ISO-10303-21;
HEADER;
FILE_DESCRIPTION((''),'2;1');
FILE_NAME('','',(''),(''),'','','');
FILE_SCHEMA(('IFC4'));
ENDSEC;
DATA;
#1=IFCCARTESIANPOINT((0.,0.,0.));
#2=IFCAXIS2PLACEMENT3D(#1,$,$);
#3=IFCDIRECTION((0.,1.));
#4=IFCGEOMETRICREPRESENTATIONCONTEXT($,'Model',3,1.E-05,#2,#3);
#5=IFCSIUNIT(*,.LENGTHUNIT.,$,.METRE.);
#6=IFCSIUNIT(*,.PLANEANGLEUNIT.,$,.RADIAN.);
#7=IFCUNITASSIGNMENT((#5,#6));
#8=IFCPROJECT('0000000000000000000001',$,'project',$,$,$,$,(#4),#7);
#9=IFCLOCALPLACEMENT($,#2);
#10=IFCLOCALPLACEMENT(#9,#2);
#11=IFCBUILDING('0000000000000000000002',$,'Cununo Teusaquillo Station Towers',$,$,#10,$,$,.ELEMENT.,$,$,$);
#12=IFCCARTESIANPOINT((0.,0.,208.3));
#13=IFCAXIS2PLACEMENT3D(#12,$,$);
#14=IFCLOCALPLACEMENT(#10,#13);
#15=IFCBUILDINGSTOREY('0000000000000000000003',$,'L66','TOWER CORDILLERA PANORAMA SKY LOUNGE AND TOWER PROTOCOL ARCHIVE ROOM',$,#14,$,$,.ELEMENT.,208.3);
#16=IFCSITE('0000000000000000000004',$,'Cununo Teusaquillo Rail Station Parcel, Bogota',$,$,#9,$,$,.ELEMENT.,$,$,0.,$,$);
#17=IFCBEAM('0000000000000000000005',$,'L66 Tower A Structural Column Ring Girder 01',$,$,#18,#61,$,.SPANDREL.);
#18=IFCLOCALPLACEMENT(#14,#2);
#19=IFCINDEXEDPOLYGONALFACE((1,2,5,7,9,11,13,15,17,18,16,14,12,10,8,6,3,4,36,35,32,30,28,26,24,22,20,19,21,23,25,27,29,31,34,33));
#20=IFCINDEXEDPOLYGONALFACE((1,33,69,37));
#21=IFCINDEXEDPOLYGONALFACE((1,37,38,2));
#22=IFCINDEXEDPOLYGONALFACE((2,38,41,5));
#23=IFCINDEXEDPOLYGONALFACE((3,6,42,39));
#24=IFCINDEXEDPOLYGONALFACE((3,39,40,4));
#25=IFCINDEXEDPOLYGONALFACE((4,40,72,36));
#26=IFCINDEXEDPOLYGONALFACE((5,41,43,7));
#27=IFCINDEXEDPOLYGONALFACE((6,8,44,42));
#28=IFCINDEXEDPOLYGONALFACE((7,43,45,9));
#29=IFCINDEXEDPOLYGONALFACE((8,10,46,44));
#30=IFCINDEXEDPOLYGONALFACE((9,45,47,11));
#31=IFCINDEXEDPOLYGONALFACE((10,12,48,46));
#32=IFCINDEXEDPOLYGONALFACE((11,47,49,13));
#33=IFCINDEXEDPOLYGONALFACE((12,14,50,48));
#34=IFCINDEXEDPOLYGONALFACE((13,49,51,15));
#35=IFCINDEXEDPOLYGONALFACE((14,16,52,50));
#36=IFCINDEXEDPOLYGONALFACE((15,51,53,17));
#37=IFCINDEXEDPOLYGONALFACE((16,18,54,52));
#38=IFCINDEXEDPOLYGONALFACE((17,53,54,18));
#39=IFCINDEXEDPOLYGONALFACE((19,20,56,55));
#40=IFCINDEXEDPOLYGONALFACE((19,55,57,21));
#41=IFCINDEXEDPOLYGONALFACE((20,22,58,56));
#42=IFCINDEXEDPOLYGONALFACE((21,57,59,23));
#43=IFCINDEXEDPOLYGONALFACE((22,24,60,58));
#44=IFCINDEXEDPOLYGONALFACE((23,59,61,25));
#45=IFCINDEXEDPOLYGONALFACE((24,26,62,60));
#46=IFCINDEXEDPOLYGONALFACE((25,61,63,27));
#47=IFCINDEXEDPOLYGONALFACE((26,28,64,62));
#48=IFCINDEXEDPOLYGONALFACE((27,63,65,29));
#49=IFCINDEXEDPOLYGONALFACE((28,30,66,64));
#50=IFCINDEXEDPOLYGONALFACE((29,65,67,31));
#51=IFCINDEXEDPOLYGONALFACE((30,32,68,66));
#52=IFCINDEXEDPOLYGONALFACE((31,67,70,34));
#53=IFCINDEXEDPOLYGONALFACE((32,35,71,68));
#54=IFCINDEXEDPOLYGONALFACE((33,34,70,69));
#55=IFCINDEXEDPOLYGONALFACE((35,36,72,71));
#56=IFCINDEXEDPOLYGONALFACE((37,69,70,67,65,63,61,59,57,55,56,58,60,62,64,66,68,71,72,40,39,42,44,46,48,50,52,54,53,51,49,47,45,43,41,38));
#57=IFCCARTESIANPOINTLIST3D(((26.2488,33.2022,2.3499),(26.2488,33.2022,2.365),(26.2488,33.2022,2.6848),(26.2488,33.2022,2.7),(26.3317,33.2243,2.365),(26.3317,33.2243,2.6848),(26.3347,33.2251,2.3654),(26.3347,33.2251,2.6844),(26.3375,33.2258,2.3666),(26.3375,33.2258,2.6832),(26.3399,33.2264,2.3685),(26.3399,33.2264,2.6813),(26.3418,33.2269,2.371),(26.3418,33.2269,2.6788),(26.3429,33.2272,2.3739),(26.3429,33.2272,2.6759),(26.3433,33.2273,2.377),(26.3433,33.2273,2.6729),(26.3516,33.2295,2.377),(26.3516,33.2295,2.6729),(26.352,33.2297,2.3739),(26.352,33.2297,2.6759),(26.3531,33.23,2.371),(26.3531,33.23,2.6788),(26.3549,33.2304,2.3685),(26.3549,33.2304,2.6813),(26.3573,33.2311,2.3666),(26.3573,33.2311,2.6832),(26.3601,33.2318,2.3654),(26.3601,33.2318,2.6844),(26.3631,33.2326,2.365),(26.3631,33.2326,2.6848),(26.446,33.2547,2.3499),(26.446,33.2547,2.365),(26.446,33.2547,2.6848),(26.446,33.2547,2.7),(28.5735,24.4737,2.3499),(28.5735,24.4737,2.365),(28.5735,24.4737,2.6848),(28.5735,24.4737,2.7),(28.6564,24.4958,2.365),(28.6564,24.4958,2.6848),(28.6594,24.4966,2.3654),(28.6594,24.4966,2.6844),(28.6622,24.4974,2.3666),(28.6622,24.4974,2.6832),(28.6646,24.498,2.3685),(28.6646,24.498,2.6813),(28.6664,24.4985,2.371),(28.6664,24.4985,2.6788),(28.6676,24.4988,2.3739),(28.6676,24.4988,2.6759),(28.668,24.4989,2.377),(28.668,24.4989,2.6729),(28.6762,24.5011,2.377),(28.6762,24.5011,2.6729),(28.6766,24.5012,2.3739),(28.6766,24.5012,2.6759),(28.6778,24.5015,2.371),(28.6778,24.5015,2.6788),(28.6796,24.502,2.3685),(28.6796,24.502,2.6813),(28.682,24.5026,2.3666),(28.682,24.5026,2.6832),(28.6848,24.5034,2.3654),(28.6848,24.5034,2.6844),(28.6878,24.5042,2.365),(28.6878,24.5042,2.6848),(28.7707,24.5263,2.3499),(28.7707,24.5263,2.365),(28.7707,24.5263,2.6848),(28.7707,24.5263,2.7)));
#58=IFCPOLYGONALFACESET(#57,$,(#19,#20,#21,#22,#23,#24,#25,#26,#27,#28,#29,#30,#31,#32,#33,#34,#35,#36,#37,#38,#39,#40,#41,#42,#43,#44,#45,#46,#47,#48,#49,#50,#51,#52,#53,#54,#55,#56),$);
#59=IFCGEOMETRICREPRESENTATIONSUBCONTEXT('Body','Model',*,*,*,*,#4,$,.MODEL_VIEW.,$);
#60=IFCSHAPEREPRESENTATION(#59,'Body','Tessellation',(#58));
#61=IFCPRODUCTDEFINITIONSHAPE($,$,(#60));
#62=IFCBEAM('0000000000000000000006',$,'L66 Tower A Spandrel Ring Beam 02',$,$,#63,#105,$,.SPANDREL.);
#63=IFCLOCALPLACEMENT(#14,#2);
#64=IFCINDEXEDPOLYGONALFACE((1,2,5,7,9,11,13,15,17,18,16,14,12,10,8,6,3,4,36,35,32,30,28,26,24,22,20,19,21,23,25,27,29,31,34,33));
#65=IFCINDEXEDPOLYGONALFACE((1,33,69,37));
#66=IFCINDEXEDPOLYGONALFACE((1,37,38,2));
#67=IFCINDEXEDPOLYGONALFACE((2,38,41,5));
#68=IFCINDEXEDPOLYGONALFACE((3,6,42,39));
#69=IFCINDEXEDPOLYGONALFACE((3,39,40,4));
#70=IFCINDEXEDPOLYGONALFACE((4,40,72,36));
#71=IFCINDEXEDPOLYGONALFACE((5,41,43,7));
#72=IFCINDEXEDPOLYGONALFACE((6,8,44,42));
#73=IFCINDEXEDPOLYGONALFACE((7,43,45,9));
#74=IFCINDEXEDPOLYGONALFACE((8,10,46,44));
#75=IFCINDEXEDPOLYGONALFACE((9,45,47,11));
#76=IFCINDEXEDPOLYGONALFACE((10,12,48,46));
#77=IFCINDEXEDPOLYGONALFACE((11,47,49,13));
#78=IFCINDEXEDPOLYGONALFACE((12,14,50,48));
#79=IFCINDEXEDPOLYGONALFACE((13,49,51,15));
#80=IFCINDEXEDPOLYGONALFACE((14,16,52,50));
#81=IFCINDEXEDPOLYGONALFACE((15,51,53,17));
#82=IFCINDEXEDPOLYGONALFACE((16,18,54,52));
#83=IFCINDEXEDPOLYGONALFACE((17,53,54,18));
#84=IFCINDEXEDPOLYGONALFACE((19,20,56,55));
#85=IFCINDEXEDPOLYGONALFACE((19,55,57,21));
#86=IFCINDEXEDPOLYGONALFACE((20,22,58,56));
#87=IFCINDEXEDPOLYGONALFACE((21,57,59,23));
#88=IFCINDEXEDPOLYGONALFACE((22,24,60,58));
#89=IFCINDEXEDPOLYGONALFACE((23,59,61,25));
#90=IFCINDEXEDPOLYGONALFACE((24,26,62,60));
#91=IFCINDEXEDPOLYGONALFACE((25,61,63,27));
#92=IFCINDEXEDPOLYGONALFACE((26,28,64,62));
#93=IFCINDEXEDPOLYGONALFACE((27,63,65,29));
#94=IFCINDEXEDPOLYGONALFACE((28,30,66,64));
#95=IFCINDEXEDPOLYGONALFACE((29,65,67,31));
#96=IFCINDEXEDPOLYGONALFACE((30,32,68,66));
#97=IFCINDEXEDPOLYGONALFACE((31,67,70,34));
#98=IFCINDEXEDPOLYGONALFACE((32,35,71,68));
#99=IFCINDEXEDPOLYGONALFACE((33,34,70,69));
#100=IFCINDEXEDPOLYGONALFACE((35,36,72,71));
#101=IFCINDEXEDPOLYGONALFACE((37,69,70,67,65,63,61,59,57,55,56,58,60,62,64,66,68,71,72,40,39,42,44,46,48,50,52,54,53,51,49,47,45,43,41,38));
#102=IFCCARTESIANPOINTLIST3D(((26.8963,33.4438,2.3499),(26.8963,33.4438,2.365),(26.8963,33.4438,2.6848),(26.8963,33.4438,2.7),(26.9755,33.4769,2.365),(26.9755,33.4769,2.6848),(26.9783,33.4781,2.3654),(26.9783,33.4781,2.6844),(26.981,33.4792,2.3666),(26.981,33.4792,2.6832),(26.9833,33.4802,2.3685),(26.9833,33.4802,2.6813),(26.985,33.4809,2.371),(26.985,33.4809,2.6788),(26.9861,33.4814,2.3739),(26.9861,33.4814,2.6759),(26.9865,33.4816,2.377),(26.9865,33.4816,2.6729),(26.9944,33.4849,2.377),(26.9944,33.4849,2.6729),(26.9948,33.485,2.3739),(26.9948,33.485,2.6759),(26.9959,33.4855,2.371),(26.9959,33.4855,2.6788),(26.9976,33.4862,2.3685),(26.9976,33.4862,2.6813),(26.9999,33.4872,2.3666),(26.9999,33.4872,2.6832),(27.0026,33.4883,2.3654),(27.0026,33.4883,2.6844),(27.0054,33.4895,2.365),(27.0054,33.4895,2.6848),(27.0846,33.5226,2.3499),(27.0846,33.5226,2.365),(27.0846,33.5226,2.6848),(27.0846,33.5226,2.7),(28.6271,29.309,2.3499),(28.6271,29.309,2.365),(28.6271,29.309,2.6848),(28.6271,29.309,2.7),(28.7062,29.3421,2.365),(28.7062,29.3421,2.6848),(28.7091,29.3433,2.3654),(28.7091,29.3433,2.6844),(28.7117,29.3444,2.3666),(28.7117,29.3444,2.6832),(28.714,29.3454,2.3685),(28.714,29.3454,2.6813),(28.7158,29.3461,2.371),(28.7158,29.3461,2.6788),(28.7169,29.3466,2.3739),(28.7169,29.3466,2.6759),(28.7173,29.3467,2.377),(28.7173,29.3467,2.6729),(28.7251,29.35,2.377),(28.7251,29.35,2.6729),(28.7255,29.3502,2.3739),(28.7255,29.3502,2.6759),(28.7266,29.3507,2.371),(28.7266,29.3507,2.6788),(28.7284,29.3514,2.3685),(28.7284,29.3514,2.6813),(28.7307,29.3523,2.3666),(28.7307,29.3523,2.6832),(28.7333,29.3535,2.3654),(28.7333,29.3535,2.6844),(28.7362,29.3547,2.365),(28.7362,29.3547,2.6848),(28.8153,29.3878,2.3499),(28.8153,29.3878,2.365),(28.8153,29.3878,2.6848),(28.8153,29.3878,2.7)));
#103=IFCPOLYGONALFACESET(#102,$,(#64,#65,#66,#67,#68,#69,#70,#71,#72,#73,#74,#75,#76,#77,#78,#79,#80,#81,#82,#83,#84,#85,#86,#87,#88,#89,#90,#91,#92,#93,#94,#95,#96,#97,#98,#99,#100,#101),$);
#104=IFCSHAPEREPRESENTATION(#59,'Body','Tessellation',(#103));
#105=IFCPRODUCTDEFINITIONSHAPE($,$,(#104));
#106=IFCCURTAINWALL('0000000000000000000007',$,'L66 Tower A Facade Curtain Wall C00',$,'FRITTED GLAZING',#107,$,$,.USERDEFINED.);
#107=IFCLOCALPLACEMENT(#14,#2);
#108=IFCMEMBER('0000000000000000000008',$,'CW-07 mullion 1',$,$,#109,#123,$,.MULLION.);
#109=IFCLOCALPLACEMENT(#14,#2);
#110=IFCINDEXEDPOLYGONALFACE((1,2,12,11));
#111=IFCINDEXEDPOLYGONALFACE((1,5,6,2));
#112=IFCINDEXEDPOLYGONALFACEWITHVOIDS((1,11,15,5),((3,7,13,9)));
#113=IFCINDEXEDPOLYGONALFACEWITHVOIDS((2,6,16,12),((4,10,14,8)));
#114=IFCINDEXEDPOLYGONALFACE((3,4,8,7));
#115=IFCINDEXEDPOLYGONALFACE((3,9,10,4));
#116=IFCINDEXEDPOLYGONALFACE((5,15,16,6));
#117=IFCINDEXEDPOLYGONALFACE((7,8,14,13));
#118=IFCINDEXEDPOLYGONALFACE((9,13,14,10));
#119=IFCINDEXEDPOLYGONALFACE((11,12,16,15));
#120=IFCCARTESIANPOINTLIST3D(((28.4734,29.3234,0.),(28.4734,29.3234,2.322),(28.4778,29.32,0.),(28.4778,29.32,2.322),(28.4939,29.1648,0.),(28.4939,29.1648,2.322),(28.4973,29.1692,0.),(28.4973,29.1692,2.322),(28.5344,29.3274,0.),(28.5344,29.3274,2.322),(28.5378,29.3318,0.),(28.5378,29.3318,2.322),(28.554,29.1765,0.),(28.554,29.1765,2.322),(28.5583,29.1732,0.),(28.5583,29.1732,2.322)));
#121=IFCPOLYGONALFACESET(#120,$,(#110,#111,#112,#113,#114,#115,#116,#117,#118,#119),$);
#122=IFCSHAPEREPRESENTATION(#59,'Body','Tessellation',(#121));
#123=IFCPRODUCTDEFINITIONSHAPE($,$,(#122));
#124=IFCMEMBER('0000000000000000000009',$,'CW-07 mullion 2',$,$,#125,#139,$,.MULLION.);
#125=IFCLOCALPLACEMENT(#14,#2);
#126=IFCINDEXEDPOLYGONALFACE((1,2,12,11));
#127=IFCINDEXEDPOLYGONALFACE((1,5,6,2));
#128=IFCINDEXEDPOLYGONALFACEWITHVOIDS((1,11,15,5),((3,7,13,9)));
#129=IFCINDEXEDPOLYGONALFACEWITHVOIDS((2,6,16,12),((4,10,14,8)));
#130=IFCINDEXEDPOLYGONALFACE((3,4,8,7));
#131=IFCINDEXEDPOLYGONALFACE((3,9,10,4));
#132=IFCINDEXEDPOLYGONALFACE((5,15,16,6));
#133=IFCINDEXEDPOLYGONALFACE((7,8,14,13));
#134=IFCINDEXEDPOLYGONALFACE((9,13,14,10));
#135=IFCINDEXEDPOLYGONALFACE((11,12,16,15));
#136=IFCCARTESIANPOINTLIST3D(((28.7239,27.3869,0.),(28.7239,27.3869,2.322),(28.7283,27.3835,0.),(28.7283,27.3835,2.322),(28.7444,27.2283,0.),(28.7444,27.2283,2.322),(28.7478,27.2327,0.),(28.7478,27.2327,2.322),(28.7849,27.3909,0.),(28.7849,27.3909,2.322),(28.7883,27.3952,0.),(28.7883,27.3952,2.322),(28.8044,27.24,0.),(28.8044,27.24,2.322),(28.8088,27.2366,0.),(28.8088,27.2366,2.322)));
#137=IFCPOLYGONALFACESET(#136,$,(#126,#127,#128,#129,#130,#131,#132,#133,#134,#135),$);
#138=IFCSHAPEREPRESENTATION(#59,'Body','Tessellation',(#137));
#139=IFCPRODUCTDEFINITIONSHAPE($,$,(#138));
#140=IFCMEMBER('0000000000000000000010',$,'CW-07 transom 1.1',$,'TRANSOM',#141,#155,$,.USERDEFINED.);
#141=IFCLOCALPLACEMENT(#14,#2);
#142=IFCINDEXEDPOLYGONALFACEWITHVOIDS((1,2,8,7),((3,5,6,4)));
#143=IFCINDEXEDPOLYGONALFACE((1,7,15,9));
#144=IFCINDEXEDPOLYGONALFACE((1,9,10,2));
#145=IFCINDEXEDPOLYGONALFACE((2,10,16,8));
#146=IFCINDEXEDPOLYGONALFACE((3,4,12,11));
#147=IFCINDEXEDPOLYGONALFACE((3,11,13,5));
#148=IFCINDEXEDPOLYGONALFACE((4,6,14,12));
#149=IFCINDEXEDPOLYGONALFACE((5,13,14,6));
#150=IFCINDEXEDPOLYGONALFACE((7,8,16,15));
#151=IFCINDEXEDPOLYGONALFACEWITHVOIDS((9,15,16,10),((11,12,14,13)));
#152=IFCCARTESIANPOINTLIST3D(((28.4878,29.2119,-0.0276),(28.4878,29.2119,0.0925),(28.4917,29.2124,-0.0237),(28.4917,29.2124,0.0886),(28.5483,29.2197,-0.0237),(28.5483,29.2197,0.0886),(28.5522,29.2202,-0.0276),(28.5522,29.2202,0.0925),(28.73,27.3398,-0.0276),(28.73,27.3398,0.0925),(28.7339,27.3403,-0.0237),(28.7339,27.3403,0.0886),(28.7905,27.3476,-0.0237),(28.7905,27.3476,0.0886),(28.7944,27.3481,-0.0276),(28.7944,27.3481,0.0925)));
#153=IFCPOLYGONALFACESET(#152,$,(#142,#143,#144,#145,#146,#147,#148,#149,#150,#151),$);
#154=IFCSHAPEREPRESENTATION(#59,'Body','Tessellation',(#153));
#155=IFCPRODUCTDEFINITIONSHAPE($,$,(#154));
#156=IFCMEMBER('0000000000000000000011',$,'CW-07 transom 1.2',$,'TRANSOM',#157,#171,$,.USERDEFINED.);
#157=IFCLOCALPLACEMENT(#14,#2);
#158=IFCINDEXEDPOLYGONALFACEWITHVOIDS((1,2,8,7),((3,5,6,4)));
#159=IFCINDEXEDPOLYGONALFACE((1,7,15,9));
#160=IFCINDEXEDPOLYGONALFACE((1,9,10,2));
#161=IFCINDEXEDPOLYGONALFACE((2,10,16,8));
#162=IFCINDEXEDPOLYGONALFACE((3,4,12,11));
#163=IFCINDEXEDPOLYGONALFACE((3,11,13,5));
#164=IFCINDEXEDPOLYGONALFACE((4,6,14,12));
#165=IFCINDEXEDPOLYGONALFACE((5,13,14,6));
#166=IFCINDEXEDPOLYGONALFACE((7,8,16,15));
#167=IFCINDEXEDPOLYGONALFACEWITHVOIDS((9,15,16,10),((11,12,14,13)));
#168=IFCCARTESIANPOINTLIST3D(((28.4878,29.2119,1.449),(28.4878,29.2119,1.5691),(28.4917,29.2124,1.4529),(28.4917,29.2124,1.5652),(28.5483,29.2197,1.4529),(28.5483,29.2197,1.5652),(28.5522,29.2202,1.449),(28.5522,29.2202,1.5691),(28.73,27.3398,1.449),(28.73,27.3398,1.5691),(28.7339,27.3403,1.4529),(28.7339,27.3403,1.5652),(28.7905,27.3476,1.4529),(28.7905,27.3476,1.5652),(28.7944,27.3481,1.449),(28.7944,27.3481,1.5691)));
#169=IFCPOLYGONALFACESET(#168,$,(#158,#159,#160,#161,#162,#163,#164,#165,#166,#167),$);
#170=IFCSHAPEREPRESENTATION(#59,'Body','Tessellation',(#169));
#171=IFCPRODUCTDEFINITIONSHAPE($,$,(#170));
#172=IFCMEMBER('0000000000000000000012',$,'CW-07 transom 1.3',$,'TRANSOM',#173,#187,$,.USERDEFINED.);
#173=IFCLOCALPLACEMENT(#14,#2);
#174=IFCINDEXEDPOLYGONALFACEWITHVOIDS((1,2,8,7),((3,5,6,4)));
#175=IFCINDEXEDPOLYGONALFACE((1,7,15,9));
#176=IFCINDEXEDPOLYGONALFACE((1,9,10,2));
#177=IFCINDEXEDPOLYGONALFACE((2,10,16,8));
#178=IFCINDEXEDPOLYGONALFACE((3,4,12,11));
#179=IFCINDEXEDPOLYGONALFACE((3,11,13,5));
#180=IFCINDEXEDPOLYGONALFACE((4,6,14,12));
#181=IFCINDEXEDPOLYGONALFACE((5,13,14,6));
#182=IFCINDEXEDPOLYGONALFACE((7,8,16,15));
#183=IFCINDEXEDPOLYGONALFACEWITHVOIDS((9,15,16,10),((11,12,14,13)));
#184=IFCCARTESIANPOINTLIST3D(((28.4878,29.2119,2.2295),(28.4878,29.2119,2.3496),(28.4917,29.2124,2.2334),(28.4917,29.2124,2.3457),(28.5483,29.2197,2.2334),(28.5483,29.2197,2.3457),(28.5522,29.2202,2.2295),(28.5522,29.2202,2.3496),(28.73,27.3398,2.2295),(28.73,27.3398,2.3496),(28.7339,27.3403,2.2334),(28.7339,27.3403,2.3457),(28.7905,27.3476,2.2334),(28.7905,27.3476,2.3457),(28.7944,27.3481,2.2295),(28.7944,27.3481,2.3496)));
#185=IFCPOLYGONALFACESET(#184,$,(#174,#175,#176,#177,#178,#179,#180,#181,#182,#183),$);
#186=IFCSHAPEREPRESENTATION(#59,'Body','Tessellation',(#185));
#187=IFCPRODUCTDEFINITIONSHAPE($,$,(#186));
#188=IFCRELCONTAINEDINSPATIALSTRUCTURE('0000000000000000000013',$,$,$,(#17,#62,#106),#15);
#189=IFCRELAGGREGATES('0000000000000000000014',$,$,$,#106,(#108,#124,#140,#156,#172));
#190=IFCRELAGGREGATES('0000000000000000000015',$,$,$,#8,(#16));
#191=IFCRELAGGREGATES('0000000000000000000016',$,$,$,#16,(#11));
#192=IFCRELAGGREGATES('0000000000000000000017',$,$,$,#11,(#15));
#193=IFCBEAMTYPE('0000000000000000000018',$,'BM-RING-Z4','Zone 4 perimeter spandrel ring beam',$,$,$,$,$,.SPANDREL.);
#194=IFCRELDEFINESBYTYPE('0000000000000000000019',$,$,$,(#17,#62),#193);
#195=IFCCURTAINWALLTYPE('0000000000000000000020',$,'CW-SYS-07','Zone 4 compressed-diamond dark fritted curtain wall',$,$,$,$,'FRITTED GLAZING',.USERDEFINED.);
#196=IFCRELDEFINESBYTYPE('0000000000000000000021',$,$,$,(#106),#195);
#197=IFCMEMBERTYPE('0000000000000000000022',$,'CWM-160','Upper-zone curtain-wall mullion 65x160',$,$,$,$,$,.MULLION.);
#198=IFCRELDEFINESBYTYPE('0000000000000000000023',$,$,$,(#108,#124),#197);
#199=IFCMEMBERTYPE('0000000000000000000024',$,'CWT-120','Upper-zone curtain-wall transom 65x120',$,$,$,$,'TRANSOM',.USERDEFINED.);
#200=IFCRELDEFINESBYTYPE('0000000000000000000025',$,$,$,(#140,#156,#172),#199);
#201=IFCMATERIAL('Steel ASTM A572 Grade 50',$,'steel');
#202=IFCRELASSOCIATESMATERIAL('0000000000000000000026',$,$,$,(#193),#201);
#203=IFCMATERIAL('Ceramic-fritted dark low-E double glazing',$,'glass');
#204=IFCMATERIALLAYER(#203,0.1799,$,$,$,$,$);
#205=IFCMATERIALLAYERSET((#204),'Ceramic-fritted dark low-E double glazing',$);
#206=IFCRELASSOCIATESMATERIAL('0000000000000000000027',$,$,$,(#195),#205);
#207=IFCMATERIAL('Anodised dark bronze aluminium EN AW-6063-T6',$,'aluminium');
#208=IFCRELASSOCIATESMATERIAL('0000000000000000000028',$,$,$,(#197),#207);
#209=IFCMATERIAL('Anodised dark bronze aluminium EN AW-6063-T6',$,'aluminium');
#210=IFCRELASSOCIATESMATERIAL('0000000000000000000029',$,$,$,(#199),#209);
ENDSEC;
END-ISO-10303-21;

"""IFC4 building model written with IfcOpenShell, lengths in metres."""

from ifc_helpers import new_model, si_unit, direction, frame, origin, origin_2d, place, context, subcontext, project, spatial, hollow_rectangle, i_section, extrude, material, layer, layer_set, material_profile, profile_set, type_object, element, aggregate, save


model = new_model("IFC4")

# Units and contexts
model_context = context("Model", 3, precision=1e-05, world=origin(), true_north=direction((0.0, 1.0)))
body_context = subcontext(model_context, "Body", "Model", "MODEL_VIEW")
ifc_project = project(units=[si_unit("LENGTHUNIT", "METRE"), si_unit("PLANEANGLEUNIT", "RADIAN")], contexts=[model_context])

# Site, building, storey
site_placement = place(None, origin())
site = spatial("IfcSite", under=ifc_project, at=site_placement, Name="Cununo Teusaquillo Rail Station Parcel, Bogota", CompositionType="ELEMENT", RefElevation=0.0)
building_placement = place(site_placement, origin())
building = spatial("IfcBuilding", under=site, at=building_placement, Name="Cununo Teusaquillo Station Towers", CompositionType="ELEMENT")
storey_placement = place(building_placement, frame((0.0, 0.0, 208.3)))
storey = spatial("IfcBuildingStorey", under=building, at=storey_placement, Name="L66", Description="TOWER CORDILLERA PANORAMA SKY LOUNGE AND TOWER PROTOCOL ARCHIVE ROOM", CompositionType="ELEMENT", Elevation=208.3)

# Beams
ifc_material_1 = material(Name="Steel ASTM A572 Grade 50", Category="steel")
ifc_material_profile_1 = material_profile(ifc_material_1, i_section(OverallWidth=0.2041, OverallDepth=0.3501, WebThickness=0.0085, FlangeThickness=0.0151, FilletRadius=0.012, at=origin_2d()), Name="W14X48")
ifc_profile_set_1 = profile_set([ifc_material_profile_1], Name="Steel ASTM A572 Grade 50")
beam_type_1 = type_object("IfcBeamType", Name="BM-RING-Z4", Description="Zone 4 perimeter spandrel ring beam", PredefinedType="SPANDREL", material=ifc_profile_set_1)
beam_1_placement = place(storey_placement, frame((28.6721, 24.5, 2.5249), z_axis=(-0.257363, 0.966315, 0.0), x_axis=(-0.966315, -0.257363, 0.0)))
element("IfcBeam", 1, at=beam_1_placement, inside=storey, type_object=beam_type_1, Name="L66 Tower A Structural Column Ring Girder 01", PredefinedType="SPANDREL", context=body_context, shape_type="SweptSolid", body=[
    extrude(i_section(OverallWidth=0.2041, OverallDepth=0.3501, WebThickness=0.0085, FlangeThickness=0.0151, FilletRadius=0.012, at=origin_2d()), origin(), (0.0, 0.0, 1.0), 9.0327),
])
beam_2_placement = place(storey_placement, frame((28.7212, 29.3484, 2.5249), z_axis=(-0.386115, 0.92245, 0.0), x_axis=(-0.92245, -0.386115, 0.0)))
element("IfcBeam", 2, at=beam_2_placement, inside=storey, type_object=beam_type_1, Name="L66 Tower A Spandrel Ring Beam 02", PredefinedType="SPANDREL", context=body_context, shape_type="SweptSolid", body=[
    extrude(i_section(OverallWidth=0.2041, OverallDepth=0.3501, WebThickness=0.0085, FlangeThickness=0.0151, FilletRadius=0.012, at=origin_2d()), origin(), (0.0, 0.0, 1.0), 4.4824),
])

# Curtain wall, members
ifc_material_2 = material(Name="Ceramic-fritted dark low-E double glazing", Category="glass")
ifc_layer_1 = layer(ifc_material_2, 0.1799)
ifc_layer_set_1 = layer_set([ifc_layer_1], Name="Ceramic-fritted dark low-E double glazing")
curtain_wall_type = type_object("IfcCurtainWallType", Name="CW-SYS-07", Description="Zone 4 compressed-diamond dark fritted curtain wall", ElementType="FRITTED GLAZING", PredefinedType="USERDEFINED", material=ifc_layer_set_1)
curtain_wall_placement = place(storey_placement, origin())
curtain_wall = element("IfcCurtainWall", 3, at=curtain_wall_placement, inside=storey, type_object=curtain_wall_type, Name="L66 Tower A Facade Curtain Wall C00", ObjectType="FRITTED GLAZING", PredefinedType="USERDEFINED")
ifc_material_3 = material(Name="Anodised dark bronze aluminium EN AW-6063-T6", Category="aluminium")
ifc_material_profile_2 = material_profile(ifc_material_3, hollow_rectangle(XDim=0.0649, YDim=0.1599, WallThickness=0.0039, at=origin_2d()), Name="CW-MULL-65x160")
ifc_profile_set_2 = profile_set([ifc_material_profile_2], Name="Anodised dark bronze aluminium EN AW-6063-T6")
member_type_1 = type_object("IfcMemberType", Name="CWM-160", Description="Upper-zone curtain-wall mullion 65x160", PredefinedType="MULLION", material=ifc_profile_set_2)
member_1_placement = place(storey_placement, frame((28.5159, 29.2483, 0.0), z_axis=(0.0, 0.0, 1.0), x_axis=(0.991742, 0.128253, 0.0)))
member_1 = element("IfcMember", 4, at=member_1_placement, type_object=member_type_1, Name="CW-07 mullion 1", PredefinedType="MULLION", context=body_context, shape_type="SweptSolid", body=[
    extrude(hollow_rectangle(XDim=0.0649, YDim=0.1599, WallThickness=0.0039, at=origin_2d()), origin(), (0.0, 0.0, 1.0), 2.322),
])
member_2_placement = place(storey_placement, frame((28.7664, 27.3118, 0.0), z_axis=(0.0, 0.0, 1.0), x_axis=(0.991742, 0.128253, 0.0)))
member_2 = element("IfcMember", 5, at=member_2_placement, type_object=member_type_1, Name="CW-07 mullion 2", PredefinedType="MULLION", context=body_context, shape_type="SweptSolid", body=[
    extrude(hollow_rectangle(XDim=0.0649, YDim=0.1599, WallThickness=0.0039, at=origin_2d()), origin(), (0.0, 0.0, 1.0), 2.322),
])
ifc_material_4 = material(Name="Anodised dark bronze aluminium EN AW-6063-T6", Category="aluminium")
ifc_material_profile_3 = material_profile(ifc_material_4, hollow_rectangle(XDim=0.0649, YDim=0.1201, WallThickness=0.0039, at=origin_2d()), Name="CW-TRAN-65x120")
ifc_profile_set_3 = profile_set([ifc_material_profile_3], Name="Anodised dark bronze aluminium EN AW-6063-T6")
member_type_2 = type_object("IfcMemberType", Name="CWT-120", Description="Upper-zone curtain-wall transom 65x120", ElementType="TRANSOM", PredefinedType="USERDEFINED", material=ifc_profile_set_3)
member_3_placement = place(storey_placement, frame((28.52, 29.2161, 0.0325), z_axis=(0.1283, -0.991735, 0.0), x_axis=(0.991735, 0.1283, 0.0)))
member_3 = element("IfcMember", 6, at=member_3_placement, type_object=member_type_2, Name="CW-07 transom 1.1", ObjectType="TRANSOM", PredefinedType="USERDEFINED", context=body_context, shape_type="SweptSolid", body=[
    extrude(hollow_rectangle(XDim=0.0649, YDim=0.1201, WallThickness=0.0039, at=origin_2d()), origin(), (0.0, 0.0, 1.0), 1.8877),
])
member_4_placement = place(storey_placement, frame((28.52, 29.2161, 1.509), z_axis=(0.1283, -0.991735, 0.0), x_axis=(0.991735, 0.1283, 0.0)))
member_4 = element("IfcMember", 7, at=member_4_placement, type_object=member_type_2, Name="CW-07 transom 1.2", ObjectType="TRANSOM", PredefinedType="USERDEFINED", context=body_context, shape_type="SweptSolid", body=[
    extrude(hollow_rectangle(XDim=0.0649, YDim=0.1201, WallThickness=0.0039, at=origin_2d()), origin(), (0.0, 0.0, 1.0), 1.8877),
])
member_5_placement = place(storey_placement, frame((28.52, 29.2161, 2.2896), z_axis=(0.1283, -0.991735, 0.0), x_axis=(0.991735, 0.1283, 0.0)))
member_5 = element("IfcMember", 8, at=member_5_placement, type_object=member_type_2, Name="CW-07 transom 1.3", ObjectType="TRANSOM", PredefinedType="USERDEFINED", context=body_context, shape_type="SweptSolid", body=[
    extrude(hollow_rectangle(XDim=0.0649, YDim=0.1201, WallThickness=0.0039, at=origin_2d()), origin(), (0.0, 0.0, 1.0), 1.8877),
])
aggregate(curtain_wall, [member_1, member_2, member_3, member_4, member_5])

save(model, "model.ifc")
